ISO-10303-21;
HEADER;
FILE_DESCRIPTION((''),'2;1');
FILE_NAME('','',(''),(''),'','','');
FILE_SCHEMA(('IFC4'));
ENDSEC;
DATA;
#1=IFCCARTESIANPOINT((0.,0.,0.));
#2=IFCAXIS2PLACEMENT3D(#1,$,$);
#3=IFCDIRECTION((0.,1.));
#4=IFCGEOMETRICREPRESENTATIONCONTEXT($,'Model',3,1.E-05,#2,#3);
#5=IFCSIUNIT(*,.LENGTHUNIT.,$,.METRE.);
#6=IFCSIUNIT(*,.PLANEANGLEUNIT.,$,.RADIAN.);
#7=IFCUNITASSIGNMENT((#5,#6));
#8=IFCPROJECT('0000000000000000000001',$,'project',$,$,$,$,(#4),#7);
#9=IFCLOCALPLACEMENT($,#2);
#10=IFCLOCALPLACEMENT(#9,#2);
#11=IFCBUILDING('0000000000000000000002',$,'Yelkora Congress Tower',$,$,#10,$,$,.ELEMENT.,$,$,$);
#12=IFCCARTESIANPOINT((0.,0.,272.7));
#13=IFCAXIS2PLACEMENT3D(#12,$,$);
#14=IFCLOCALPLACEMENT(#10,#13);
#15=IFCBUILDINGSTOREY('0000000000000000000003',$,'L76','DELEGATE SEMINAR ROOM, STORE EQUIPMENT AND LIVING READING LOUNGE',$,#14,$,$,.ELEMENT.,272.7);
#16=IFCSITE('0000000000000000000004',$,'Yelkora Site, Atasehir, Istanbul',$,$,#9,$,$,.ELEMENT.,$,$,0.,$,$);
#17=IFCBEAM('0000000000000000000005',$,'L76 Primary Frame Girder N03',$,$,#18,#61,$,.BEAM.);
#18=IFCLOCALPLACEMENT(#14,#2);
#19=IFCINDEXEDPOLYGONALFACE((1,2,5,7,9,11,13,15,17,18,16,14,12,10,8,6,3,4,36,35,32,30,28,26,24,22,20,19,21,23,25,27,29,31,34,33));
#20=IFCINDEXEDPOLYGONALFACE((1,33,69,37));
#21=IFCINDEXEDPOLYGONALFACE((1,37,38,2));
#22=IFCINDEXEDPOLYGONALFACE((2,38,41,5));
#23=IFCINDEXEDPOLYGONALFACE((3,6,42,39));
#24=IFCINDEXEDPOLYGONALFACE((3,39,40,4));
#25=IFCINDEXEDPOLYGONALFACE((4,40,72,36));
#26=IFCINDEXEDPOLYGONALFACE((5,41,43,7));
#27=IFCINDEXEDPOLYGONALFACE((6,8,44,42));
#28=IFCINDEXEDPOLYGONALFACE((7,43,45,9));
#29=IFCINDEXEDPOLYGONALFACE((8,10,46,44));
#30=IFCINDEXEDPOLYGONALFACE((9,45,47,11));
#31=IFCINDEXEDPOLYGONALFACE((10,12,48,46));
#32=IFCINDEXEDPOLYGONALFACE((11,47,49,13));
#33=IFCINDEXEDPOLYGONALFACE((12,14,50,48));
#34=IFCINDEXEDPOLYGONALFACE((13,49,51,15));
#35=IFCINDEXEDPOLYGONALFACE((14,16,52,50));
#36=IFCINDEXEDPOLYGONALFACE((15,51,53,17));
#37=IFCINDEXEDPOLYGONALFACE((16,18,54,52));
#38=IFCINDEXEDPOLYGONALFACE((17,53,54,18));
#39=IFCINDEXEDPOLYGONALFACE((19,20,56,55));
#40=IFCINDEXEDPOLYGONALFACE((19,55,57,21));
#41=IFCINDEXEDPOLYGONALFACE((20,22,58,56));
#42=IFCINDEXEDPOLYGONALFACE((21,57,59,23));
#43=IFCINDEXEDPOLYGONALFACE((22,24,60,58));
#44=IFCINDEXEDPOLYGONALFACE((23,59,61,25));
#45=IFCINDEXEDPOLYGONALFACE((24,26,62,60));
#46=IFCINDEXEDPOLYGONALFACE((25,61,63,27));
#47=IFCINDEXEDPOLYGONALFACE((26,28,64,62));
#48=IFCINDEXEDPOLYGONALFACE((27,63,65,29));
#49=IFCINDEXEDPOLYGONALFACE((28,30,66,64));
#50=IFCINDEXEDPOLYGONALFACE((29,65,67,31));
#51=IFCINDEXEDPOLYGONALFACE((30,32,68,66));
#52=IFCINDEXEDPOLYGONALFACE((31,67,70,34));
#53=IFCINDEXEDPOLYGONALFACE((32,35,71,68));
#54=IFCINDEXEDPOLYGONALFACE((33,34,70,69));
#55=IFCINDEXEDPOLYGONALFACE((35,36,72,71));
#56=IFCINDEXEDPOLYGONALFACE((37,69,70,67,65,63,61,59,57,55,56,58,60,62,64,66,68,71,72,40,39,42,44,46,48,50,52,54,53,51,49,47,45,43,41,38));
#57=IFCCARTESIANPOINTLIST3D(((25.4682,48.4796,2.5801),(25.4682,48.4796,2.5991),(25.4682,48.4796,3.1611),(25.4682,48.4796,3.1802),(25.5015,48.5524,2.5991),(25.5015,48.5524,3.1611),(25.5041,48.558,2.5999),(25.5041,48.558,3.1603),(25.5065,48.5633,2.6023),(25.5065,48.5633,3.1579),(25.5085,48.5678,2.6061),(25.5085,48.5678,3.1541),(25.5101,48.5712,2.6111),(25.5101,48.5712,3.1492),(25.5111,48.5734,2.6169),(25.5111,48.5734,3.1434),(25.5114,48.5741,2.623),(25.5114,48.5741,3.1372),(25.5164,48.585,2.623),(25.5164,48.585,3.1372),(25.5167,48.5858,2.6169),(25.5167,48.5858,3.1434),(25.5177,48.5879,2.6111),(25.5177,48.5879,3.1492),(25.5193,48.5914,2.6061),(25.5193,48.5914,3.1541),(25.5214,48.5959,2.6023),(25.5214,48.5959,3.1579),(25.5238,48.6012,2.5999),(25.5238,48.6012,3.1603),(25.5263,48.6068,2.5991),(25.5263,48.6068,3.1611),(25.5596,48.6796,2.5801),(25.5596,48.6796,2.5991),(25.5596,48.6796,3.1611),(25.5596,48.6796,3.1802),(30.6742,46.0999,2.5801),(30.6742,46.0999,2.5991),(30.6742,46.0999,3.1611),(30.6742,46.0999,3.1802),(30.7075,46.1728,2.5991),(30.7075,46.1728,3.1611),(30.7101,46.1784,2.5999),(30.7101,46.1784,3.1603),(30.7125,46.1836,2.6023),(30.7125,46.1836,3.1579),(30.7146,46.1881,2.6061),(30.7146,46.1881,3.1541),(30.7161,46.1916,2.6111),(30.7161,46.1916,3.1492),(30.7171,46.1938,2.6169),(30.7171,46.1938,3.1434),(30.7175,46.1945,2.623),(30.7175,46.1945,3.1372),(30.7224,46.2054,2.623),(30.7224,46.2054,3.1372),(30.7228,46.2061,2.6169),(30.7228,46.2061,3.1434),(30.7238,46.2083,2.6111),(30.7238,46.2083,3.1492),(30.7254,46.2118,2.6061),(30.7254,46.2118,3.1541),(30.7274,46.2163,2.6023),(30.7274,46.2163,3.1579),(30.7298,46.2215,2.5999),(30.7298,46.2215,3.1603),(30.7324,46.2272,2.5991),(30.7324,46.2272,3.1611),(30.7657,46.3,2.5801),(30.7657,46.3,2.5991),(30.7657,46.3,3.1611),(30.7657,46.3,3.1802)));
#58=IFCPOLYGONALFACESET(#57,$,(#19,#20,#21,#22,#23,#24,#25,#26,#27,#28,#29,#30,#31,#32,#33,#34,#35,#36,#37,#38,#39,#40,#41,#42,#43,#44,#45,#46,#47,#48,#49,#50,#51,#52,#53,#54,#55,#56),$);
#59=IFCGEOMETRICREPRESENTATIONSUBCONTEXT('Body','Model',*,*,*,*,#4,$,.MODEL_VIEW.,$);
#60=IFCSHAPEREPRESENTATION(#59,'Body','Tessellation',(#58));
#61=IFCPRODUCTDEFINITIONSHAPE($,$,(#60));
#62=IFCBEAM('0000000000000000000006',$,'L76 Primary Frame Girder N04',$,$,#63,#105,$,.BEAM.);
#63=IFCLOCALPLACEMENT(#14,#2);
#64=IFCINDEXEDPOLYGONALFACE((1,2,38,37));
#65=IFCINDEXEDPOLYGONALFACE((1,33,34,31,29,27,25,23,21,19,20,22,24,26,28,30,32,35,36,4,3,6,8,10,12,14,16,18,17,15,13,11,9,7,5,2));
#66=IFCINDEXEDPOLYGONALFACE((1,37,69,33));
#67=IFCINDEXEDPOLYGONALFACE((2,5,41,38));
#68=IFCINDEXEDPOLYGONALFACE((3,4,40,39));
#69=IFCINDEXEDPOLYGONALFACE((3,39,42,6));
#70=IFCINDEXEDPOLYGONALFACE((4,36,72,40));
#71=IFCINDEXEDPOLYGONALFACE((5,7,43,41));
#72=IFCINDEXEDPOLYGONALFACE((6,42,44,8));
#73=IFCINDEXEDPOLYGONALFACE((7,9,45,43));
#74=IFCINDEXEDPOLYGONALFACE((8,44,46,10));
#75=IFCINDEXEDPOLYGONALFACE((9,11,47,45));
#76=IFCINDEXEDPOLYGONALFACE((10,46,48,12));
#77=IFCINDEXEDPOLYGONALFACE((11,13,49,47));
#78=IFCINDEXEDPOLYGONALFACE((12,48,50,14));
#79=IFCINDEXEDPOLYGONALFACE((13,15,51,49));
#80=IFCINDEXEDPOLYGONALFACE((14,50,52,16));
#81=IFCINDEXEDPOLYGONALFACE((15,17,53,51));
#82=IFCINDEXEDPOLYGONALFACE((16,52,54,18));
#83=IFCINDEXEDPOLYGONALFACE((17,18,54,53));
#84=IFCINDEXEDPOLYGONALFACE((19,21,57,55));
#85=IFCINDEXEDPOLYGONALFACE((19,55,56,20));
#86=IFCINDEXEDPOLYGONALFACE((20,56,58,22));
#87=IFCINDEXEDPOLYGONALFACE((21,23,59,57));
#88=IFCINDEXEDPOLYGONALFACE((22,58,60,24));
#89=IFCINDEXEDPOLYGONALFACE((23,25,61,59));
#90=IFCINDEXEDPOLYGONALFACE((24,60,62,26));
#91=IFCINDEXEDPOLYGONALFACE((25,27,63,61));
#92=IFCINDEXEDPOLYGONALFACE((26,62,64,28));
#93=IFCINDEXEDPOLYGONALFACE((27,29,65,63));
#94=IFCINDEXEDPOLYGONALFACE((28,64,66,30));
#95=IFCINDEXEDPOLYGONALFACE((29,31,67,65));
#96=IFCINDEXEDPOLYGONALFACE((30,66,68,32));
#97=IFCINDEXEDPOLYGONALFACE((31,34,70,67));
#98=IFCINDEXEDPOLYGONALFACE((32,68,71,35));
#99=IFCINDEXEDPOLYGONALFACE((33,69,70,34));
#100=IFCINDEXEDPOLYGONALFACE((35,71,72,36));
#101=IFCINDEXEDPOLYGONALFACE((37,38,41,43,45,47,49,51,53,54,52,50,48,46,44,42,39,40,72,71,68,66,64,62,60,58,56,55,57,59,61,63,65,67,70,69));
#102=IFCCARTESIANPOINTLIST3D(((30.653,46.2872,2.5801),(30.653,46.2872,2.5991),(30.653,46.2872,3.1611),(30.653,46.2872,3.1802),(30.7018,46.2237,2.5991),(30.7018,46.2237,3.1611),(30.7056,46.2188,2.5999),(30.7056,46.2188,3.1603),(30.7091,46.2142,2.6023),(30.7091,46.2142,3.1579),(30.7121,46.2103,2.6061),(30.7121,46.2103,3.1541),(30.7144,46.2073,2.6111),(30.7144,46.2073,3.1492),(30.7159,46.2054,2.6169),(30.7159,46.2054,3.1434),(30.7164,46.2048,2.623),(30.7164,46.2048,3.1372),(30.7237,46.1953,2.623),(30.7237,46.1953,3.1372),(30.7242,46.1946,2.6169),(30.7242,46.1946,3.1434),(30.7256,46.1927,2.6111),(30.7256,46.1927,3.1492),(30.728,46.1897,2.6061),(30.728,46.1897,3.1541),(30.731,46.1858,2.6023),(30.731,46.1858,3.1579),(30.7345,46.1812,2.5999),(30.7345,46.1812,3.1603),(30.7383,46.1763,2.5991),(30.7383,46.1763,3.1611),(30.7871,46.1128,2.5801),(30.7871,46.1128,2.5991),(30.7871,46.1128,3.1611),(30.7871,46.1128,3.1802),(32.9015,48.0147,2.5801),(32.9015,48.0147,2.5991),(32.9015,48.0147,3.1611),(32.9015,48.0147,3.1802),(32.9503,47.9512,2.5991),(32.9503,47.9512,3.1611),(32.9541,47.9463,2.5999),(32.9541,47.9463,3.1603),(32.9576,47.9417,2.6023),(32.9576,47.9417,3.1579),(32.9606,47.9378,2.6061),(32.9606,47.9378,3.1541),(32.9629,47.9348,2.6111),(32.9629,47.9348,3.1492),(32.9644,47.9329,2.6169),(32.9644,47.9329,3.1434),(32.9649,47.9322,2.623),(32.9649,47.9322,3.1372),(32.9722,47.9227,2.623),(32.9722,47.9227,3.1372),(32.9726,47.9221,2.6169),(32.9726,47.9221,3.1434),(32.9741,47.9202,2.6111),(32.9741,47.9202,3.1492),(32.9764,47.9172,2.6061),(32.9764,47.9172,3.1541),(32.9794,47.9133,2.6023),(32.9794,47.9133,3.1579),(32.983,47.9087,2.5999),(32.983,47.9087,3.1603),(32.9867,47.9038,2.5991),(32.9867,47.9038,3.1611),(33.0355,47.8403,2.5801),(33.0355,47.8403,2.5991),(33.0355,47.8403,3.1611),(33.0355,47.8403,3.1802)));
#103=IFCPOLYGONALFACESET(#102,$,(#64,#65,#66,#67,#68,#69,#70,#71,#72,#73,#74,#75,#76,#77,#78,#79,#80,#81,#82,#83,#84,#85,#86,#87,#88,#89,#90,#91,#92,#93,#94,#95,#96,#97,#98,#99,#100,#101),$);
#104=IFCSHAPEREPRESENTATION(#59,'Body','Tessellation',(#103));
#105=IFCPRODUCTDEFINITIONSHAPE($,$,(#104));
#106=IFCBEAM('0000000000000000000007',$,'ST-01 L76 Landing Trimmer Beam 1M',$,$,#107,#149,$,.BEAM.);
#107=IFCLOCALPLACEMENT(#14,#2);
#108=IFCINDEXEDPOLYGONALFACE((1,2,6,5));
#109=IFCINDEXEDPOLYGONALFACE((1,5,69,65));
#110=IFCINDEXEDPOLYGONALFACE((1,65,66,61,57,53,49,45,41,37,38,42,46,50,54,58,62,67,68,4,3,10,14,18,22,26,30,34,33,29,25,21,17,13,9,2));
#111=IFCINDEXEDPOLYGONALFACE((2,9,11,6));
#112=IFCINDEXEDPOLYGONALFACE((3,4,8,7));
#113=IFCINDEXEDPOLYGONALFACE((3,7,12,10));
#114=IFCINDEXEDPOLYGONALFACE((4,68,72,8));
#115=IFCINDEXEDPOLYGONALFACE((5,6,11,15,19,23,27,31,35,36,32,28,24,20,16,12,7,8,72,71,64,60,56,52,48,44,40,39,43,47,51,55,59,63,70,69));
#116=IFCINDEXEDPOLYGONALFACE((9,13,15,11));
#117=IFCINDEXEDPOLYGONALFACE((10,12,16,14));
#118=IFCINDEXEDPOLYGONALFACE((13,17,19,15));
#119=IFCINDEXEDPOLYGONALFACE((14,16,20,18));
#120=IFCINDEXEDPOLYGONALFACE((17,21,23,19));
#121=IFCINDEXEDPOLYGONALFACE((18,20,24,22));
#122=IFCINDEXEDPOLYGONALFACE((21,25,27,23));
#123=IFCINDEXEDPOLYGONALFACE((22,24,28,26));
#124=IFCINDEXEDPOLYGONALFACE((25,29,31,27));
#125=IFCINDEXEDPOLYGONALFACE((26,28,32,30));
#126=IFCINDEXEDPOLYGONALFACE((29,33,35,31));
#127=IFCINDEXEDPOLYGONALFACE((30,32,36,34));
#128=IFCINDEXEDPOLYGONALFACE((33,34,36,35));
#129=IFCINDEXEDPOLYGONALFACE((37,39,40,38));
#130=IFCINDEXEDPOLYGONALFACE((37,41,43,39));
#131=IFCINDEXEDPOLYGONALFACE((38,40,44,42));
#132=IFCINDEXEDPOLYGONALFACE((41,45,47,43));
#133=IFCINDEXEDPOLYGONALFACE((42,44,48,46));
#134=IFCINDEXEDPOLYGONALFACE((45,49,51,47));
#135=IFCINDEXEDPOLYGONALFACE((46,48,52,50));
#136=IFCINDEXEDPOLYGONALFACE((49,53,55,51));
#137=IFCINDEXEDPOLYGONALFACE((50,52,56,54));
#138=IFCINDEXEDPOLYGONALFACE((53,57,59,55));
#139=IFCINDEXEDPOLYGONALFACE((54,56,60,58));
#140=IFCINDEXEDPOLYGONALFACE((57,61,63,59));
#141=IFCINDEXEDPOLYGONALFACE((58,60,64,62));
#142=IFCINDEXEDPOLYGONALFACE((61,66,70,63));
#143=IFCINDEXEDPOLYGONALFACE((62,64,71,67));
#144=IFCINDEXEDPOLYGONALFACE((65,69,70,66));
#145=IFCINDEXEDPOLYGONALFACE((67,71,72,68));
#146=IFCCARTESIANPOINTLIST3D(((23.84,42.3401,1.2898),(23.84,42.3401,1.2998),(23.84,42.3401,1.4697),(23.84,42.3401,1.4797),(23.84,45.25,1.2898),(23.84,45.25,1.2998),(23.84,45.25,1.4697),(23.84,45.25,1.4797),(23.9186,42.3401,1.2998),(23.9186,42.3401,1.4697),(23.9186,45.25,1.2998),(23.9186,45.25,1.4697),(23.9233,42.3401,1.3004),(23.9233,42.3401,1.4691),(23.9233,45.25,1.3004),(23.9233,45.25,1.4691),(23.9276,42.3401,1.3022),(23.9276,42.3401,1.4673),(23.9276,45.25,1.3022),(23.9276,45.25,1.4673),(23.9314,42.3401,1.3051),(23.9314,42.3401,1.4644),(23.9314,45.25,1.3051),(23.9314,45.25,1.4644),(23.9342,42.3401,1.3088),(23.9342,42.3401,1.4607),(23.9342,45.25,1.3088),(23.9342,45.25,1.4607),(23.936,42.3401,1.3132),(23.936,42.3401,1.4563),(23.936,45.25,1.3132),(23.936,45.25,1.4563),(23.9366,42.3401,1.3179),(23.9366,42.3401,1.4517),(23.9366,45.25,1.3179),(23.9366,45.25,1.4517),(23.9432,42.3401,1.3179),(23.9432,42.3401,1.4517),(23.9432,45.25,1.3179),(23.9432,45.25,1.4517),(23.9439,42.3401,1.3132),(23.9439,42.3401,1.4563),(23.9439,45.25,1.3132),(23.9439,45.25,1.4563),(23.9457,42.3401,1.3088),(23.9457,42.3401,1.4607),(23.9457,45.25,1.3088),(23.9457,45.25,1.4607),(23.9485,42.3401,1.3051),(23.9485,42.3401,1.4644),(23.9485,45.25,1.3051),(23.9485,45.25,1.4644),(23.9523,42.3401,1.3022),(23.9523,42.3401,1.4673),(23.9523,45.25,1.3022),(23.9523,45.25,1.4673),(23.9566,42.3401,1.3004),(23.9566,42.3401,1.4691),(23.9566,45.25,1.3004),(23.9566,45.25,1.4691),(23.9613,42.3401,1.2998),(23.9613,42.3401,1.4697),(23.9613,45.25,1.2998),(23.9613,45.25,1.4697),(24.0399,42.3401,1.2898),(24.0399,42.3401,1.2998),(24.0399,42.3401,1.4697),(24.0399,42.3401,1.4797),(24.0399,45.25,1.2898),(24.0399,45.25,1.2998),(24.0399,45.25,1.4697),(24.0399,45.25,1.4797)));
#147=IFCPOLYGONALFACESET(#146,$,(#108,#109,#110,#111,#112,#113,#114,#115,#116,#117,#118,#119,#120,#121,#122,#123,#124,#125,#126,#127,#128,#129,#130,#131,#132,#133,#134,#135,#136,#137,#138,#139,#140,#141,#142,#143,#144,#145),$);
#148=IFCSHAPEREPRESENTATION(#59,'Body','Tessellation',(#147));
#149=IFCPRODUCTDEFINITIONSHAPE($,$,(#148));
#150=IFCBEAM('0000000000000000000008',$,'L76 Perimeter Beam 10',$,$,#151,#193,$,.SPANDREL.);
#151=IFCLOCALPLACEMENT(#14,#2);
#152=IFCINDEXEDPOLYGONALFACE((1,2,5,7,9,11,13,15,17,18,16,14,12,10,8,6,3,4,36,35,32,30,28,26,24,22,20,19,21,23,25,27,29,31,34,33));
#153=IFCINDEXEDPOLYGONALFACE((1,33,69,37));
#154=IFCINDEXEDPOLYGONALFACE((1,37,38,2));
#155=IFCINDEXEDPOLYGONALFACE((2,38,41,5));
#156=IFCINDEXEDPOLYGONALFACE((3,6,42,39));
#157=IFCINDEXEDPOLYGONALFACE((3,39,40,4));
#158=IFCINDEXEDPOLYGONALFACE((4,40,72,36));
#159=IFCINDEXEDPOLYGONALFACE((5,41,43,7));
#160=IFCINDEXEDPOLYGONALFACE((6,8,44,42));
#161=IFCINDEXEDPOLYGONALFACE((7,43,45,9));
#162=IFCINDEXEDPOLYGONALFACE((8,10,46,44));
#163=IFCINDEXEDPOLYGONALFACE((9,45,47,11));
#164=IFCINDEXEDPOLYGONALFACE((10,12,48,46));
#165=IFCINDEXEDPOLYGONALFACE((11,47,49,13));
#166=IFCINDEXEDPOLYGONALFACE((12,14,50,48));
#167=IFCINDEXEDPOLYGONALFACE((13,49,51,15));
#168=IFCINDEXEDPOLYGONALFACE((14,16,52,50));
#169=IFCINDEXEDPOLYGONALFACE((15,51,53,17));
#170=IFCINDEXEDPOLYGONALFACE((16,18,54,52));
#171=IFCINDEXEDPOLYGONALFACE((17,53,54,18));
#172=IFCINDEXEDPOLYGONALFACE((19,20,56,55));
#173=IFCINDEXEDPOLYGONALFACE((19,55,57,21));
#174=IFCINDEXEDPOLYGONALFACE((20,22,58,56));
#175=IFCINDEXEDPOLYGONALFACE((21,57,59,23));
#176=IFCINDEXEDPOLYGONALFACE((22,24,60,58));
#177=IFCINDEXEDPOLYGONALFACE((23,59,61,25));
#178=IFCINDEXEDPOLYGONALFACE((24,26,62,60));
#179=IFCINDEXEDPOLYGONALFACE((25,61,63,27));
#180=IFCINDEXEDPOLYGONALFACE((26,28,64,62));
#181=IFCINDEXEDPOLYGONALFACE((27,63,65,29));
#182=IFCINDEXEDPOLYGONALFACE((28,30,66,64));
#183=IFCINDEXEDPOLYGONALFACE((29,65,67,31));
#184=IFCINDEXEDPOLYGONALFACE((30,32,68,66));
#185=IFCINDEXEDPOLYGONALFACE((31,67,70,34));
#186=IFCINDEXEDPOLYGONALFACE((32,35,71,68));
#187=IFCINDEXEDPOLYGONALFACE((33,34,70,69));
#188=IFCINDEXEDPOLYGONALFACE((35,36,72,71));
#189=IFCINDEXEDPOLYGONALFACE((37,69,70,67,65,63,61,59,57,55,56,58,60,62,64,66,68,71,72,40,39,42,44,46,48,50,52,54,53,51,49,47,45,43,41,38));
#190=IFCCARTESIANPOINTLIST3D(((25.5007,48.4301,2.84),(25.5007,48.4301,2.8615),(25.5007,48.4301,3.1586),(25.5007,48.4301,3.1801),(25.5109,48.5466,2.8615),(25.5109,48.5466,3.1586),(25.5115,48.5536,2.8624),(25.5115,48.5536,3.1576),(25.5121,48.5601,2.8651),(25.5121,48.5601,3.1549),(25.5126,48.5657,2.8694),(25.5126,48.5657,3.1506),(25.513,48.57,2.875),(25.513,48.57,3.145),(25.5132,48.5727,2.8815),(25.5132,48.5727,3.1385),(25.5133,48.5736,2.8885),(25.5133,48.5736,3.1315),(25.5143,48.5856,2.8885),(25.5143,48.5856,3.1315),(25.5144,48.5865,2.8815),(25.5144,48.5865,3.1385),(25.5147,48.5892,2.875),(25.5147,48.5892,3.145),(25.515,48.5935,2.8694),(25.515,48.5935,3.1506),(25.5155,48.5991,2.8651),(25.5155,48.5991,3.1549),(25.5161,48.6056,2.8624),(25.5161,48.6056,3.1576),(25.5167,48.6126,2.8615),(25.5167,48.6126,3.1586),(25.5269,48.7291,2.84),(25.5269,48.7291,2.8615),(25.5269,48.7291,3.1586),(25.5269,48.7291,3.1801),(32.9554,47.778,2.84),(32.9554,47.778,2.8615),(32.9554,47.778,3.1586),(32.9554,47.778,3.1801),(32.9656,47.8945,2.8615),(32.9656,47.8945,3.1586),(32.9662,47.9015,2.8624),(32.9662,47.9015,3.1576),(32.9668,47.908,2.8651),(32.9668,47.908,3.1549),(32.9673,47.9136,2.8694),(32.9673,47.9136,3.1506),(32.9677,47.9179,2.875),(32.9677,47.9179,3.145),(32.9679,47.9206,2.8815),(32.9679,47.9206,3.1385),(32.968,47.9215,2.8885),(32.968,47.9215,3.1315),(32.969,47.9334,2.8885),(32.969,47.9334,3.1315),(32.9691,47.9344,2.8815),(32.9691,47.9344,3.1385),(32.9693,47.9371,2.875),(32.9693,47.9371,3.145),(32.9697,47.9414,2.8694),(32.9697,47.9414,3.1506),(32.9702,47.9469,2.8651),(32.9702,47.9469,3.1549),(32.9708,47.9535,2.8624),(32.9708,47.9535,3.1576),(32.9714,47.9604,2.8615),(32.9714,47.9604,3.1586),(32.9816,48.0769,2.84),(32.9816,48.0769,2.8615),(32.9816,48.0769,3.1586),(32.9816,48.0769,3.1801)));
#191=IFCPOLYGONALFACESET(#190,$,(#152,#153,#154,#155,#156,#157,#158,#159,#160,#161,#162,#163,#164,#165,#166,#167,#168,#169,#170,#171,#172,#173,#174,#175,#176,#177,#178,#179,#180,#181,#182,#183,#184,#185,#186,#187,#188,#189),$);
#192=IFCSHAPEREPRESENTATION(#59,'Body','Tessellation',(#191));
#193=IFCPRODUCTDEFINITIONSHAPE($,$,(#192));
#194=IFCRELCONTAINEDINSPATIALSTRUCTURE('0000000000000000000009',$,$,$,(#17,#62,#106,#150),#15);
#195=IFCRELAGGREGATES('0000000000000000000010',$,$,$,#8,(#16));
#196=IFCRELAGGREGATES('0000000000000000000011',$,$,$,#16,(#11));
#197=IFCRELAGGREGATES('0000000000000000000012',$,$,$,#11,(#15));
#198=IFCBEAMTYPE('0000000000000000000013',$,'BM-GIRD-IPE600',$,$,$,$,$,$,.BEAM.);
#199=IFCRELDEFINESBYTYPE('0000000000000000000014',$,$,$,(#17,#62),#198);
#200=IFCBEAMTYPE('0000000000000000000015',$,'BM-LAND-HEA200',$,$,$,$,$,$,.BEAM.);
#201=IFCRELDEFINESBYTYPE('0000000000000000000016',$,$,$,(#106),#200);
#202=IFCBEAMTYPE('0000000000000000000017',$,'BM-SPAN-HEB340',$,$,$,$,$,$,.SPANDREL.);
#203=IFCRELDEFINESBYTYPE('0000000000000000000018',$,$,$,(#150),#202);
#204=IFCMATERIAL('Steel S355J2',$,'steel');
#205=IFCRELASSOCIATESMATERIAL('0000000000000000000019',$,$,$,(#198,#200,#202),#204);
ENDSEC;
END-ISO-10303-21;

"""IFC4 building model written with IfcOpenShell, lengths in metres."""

from ifc_helpers import new_model, si_unit, direction, frame, origin, origin_2d, place, context, subcontext, project, spatial, i_section, extrude, material, material_profile, profile_set, type_object, element, save


model = new_model("IFC4")

# Units and contexts
model_context = context("Model", 3, precision=1e-05, world=origin(), true_north=direction((0.0, 1.0)))
body_context = subcontext(model_context, "Body", "Model", "MODEL_VIEW")
ifc_project = project(units=[si_unit("LENGTHUNIT", "METRE"), si_unit("PLANEANGLEUNIT", "RADIAN")], contexts=[model_context])

# Site, building, storey
site_placement = place(None, origin())
site = spatial("IfcSite", under=ifc_project, at=site_placement, Name="Yelkora Site, Atasehir, Istanbul", CompositionType="ELEMENT", RefElevation=0.0)
building_placement = place(site_placement, origin())
building = spatial("IfcBuilding", under=site, at=building_placement, Name="Yelkora Congress Tower", CompositionType="ELEMENT")
storey_placement = place(building_placement, frame((0.0, 0.0, 272.7)))
storey = spatial("IfcBuildingStorey", under=building, at=storey_placement, Name="L76", Description="DELEGATE SEMINAR ROOM, STORE EQUIPMENT AND LIVING READING LOUNGE", CompositionType="ELEMENT", Elevation=272.7)

# Shared definitions
ifc_material_1 = material(Name="Steel S355J2", Category="steel")

# Beams
ifc_material_profile_1 = material_profile(ifc_material_1, i_section(OverallWidth=0.22, OverallDepth=0.6001, WebThickness=0.012, FlangeThickness=0.019, FilletRadius=0.0239, at=origin_2d()), Name="IPE 600")
ifc_profile_set_1 = profile_set([ifc_material_profile_1], Name="Steel S355J2")
beam_type_1 = type_object("IfcBeamType", Name="BM-GIRD-IPE600", PredefinedType="BEAM", material=ifc_profile_set_1)
beam_1_placement = place(storey_placement, frame((25.5139, 48.5796, 2.8801), z_axis=(0.909492, -0.41572, 0.0), x_axis=(0.41572, 0.909492, 0.0)))
element("IfcBeam", 1, at=beam_1_placement, inside=storey, type_object=beam_type_1, Name="L76 Primary Frame Girder N03", PredefinedType="BEAM", context=body_context, shape_type="SweptSolid", body=[
    extrude(i_section(OverallWidth=0.22, OverallDepth=0.6001, WebThickness=0.012, FlangeThickness=0.019, FilletRadius=0.0239, at=origin_2d()), origin(), (0.0, 0.0, 1.0), 5.7241),
])
beam_2_placement = place(storey_placement, frame((32.9685, 47.9275, 2.8801), z_axis=(-0.792982, -0.609245, 0.0), x_axis=(0.609245, -0.792982, 0.0)))
element("IfcBeam", 2, at=beam_2_placement, inside=storey, type_object=beam_type_1, Name="L76 Primary Frame Girder N04", PredefinedType="BEAM", context=body_context, shape_type="SweptSolid", body=[
    extrude(i_section(OverallWidth=0.22, OverallDepth=0.6001, WebThickness=0.012, FlangeThickness=0.019, FilletRadius=0.0239, at=origin_2d()), origin(), (0.0, 0.0, 1.0), 2.8354),
])
ifc_material_profile_2 = material_profile(ifc_material_1, i_section(OverallWidth=0.2, OverallDepth=0.1899, WebThickness=0.0066, FlangeThickness=0.01, FilletRadius=0.0181, at=origin_2d()), Name="HEA 200")
ifc_profile_set_2 = profile_set([ifc_material_profile_2], Name="Steel S355J2")
beam_type_2 = type_object("IfcBeamType", Name="BM-LAND-HEA200", PredefinedType="BEAM", material=ifc_profile_set_2)
beam_3_placement = place(storey_placement, frame((23.9399, 42.3401, 1.3848), z_axis=(0.0, 1.0, 0.0), x_axis=(-1.0, 0.0, 0.0)))
element("IfcBeam", 3, at=beam_3_placement, inside=storey, type_object=beam_type_2, Name="ST-01 L76 Landing Trimmer Beam 1M", PredefinedType="BEAM", context=body_context, shape_type="SweptSolid", body=[
    extrude(i_section(OverallWidth=0.2, OverallDepth=0.1899, WebThickness=0.0066, FlangeThickness=0.01, FilletRadius=0.0181, at=origin_2d()), origin(), (0.0, 0.0, 1.0), 2.9099),
])
ifc_material_profile_3 = material_profile(ifc_material_1, i_section(OverallWidth=0.3, OverallDepth=0.3401, WebThickness=0.012, FlangeThickness=0.0215, FilletRadius=0.0271, at=origin_2d()), Name="HEB 340")
ifc_profile_set_3 = profile_set([ifc_material_profile_3], Name="Steel S355J2")
beam_type_3 = type_object("IfcBeamType", Name="BM-SPAN-HEB340", PredefinedType="SPANDREL", material=ifc_profile_set_3)
beam_4_placement = place(storey_placement, frame((32.9685, 47.9275, 3.01), z_axis=(-0.996196, 0.087143, 0.0), x_axis=(-0.087143, -0.996196, 0.0)))
element("IfcBeam", 4, at=beam_4_placement, inside=storey, type_object=beam_type_3, Name="L76 Perimeter Beam 10", PredefinedType="SPANDREL", context=body_context, shape_type="SweptSolid", body=[
    extrude(i_section(OverallWidth=0.3, OverallDepth=0.3401, WebThickness=0.012, FlangeThickness=0.0215, FilletRadius=0.0271, at=origin_2d()), origin(), (0.0, 0.0, 1.0), 7.4832),
])

save(model, "model.ifc")
